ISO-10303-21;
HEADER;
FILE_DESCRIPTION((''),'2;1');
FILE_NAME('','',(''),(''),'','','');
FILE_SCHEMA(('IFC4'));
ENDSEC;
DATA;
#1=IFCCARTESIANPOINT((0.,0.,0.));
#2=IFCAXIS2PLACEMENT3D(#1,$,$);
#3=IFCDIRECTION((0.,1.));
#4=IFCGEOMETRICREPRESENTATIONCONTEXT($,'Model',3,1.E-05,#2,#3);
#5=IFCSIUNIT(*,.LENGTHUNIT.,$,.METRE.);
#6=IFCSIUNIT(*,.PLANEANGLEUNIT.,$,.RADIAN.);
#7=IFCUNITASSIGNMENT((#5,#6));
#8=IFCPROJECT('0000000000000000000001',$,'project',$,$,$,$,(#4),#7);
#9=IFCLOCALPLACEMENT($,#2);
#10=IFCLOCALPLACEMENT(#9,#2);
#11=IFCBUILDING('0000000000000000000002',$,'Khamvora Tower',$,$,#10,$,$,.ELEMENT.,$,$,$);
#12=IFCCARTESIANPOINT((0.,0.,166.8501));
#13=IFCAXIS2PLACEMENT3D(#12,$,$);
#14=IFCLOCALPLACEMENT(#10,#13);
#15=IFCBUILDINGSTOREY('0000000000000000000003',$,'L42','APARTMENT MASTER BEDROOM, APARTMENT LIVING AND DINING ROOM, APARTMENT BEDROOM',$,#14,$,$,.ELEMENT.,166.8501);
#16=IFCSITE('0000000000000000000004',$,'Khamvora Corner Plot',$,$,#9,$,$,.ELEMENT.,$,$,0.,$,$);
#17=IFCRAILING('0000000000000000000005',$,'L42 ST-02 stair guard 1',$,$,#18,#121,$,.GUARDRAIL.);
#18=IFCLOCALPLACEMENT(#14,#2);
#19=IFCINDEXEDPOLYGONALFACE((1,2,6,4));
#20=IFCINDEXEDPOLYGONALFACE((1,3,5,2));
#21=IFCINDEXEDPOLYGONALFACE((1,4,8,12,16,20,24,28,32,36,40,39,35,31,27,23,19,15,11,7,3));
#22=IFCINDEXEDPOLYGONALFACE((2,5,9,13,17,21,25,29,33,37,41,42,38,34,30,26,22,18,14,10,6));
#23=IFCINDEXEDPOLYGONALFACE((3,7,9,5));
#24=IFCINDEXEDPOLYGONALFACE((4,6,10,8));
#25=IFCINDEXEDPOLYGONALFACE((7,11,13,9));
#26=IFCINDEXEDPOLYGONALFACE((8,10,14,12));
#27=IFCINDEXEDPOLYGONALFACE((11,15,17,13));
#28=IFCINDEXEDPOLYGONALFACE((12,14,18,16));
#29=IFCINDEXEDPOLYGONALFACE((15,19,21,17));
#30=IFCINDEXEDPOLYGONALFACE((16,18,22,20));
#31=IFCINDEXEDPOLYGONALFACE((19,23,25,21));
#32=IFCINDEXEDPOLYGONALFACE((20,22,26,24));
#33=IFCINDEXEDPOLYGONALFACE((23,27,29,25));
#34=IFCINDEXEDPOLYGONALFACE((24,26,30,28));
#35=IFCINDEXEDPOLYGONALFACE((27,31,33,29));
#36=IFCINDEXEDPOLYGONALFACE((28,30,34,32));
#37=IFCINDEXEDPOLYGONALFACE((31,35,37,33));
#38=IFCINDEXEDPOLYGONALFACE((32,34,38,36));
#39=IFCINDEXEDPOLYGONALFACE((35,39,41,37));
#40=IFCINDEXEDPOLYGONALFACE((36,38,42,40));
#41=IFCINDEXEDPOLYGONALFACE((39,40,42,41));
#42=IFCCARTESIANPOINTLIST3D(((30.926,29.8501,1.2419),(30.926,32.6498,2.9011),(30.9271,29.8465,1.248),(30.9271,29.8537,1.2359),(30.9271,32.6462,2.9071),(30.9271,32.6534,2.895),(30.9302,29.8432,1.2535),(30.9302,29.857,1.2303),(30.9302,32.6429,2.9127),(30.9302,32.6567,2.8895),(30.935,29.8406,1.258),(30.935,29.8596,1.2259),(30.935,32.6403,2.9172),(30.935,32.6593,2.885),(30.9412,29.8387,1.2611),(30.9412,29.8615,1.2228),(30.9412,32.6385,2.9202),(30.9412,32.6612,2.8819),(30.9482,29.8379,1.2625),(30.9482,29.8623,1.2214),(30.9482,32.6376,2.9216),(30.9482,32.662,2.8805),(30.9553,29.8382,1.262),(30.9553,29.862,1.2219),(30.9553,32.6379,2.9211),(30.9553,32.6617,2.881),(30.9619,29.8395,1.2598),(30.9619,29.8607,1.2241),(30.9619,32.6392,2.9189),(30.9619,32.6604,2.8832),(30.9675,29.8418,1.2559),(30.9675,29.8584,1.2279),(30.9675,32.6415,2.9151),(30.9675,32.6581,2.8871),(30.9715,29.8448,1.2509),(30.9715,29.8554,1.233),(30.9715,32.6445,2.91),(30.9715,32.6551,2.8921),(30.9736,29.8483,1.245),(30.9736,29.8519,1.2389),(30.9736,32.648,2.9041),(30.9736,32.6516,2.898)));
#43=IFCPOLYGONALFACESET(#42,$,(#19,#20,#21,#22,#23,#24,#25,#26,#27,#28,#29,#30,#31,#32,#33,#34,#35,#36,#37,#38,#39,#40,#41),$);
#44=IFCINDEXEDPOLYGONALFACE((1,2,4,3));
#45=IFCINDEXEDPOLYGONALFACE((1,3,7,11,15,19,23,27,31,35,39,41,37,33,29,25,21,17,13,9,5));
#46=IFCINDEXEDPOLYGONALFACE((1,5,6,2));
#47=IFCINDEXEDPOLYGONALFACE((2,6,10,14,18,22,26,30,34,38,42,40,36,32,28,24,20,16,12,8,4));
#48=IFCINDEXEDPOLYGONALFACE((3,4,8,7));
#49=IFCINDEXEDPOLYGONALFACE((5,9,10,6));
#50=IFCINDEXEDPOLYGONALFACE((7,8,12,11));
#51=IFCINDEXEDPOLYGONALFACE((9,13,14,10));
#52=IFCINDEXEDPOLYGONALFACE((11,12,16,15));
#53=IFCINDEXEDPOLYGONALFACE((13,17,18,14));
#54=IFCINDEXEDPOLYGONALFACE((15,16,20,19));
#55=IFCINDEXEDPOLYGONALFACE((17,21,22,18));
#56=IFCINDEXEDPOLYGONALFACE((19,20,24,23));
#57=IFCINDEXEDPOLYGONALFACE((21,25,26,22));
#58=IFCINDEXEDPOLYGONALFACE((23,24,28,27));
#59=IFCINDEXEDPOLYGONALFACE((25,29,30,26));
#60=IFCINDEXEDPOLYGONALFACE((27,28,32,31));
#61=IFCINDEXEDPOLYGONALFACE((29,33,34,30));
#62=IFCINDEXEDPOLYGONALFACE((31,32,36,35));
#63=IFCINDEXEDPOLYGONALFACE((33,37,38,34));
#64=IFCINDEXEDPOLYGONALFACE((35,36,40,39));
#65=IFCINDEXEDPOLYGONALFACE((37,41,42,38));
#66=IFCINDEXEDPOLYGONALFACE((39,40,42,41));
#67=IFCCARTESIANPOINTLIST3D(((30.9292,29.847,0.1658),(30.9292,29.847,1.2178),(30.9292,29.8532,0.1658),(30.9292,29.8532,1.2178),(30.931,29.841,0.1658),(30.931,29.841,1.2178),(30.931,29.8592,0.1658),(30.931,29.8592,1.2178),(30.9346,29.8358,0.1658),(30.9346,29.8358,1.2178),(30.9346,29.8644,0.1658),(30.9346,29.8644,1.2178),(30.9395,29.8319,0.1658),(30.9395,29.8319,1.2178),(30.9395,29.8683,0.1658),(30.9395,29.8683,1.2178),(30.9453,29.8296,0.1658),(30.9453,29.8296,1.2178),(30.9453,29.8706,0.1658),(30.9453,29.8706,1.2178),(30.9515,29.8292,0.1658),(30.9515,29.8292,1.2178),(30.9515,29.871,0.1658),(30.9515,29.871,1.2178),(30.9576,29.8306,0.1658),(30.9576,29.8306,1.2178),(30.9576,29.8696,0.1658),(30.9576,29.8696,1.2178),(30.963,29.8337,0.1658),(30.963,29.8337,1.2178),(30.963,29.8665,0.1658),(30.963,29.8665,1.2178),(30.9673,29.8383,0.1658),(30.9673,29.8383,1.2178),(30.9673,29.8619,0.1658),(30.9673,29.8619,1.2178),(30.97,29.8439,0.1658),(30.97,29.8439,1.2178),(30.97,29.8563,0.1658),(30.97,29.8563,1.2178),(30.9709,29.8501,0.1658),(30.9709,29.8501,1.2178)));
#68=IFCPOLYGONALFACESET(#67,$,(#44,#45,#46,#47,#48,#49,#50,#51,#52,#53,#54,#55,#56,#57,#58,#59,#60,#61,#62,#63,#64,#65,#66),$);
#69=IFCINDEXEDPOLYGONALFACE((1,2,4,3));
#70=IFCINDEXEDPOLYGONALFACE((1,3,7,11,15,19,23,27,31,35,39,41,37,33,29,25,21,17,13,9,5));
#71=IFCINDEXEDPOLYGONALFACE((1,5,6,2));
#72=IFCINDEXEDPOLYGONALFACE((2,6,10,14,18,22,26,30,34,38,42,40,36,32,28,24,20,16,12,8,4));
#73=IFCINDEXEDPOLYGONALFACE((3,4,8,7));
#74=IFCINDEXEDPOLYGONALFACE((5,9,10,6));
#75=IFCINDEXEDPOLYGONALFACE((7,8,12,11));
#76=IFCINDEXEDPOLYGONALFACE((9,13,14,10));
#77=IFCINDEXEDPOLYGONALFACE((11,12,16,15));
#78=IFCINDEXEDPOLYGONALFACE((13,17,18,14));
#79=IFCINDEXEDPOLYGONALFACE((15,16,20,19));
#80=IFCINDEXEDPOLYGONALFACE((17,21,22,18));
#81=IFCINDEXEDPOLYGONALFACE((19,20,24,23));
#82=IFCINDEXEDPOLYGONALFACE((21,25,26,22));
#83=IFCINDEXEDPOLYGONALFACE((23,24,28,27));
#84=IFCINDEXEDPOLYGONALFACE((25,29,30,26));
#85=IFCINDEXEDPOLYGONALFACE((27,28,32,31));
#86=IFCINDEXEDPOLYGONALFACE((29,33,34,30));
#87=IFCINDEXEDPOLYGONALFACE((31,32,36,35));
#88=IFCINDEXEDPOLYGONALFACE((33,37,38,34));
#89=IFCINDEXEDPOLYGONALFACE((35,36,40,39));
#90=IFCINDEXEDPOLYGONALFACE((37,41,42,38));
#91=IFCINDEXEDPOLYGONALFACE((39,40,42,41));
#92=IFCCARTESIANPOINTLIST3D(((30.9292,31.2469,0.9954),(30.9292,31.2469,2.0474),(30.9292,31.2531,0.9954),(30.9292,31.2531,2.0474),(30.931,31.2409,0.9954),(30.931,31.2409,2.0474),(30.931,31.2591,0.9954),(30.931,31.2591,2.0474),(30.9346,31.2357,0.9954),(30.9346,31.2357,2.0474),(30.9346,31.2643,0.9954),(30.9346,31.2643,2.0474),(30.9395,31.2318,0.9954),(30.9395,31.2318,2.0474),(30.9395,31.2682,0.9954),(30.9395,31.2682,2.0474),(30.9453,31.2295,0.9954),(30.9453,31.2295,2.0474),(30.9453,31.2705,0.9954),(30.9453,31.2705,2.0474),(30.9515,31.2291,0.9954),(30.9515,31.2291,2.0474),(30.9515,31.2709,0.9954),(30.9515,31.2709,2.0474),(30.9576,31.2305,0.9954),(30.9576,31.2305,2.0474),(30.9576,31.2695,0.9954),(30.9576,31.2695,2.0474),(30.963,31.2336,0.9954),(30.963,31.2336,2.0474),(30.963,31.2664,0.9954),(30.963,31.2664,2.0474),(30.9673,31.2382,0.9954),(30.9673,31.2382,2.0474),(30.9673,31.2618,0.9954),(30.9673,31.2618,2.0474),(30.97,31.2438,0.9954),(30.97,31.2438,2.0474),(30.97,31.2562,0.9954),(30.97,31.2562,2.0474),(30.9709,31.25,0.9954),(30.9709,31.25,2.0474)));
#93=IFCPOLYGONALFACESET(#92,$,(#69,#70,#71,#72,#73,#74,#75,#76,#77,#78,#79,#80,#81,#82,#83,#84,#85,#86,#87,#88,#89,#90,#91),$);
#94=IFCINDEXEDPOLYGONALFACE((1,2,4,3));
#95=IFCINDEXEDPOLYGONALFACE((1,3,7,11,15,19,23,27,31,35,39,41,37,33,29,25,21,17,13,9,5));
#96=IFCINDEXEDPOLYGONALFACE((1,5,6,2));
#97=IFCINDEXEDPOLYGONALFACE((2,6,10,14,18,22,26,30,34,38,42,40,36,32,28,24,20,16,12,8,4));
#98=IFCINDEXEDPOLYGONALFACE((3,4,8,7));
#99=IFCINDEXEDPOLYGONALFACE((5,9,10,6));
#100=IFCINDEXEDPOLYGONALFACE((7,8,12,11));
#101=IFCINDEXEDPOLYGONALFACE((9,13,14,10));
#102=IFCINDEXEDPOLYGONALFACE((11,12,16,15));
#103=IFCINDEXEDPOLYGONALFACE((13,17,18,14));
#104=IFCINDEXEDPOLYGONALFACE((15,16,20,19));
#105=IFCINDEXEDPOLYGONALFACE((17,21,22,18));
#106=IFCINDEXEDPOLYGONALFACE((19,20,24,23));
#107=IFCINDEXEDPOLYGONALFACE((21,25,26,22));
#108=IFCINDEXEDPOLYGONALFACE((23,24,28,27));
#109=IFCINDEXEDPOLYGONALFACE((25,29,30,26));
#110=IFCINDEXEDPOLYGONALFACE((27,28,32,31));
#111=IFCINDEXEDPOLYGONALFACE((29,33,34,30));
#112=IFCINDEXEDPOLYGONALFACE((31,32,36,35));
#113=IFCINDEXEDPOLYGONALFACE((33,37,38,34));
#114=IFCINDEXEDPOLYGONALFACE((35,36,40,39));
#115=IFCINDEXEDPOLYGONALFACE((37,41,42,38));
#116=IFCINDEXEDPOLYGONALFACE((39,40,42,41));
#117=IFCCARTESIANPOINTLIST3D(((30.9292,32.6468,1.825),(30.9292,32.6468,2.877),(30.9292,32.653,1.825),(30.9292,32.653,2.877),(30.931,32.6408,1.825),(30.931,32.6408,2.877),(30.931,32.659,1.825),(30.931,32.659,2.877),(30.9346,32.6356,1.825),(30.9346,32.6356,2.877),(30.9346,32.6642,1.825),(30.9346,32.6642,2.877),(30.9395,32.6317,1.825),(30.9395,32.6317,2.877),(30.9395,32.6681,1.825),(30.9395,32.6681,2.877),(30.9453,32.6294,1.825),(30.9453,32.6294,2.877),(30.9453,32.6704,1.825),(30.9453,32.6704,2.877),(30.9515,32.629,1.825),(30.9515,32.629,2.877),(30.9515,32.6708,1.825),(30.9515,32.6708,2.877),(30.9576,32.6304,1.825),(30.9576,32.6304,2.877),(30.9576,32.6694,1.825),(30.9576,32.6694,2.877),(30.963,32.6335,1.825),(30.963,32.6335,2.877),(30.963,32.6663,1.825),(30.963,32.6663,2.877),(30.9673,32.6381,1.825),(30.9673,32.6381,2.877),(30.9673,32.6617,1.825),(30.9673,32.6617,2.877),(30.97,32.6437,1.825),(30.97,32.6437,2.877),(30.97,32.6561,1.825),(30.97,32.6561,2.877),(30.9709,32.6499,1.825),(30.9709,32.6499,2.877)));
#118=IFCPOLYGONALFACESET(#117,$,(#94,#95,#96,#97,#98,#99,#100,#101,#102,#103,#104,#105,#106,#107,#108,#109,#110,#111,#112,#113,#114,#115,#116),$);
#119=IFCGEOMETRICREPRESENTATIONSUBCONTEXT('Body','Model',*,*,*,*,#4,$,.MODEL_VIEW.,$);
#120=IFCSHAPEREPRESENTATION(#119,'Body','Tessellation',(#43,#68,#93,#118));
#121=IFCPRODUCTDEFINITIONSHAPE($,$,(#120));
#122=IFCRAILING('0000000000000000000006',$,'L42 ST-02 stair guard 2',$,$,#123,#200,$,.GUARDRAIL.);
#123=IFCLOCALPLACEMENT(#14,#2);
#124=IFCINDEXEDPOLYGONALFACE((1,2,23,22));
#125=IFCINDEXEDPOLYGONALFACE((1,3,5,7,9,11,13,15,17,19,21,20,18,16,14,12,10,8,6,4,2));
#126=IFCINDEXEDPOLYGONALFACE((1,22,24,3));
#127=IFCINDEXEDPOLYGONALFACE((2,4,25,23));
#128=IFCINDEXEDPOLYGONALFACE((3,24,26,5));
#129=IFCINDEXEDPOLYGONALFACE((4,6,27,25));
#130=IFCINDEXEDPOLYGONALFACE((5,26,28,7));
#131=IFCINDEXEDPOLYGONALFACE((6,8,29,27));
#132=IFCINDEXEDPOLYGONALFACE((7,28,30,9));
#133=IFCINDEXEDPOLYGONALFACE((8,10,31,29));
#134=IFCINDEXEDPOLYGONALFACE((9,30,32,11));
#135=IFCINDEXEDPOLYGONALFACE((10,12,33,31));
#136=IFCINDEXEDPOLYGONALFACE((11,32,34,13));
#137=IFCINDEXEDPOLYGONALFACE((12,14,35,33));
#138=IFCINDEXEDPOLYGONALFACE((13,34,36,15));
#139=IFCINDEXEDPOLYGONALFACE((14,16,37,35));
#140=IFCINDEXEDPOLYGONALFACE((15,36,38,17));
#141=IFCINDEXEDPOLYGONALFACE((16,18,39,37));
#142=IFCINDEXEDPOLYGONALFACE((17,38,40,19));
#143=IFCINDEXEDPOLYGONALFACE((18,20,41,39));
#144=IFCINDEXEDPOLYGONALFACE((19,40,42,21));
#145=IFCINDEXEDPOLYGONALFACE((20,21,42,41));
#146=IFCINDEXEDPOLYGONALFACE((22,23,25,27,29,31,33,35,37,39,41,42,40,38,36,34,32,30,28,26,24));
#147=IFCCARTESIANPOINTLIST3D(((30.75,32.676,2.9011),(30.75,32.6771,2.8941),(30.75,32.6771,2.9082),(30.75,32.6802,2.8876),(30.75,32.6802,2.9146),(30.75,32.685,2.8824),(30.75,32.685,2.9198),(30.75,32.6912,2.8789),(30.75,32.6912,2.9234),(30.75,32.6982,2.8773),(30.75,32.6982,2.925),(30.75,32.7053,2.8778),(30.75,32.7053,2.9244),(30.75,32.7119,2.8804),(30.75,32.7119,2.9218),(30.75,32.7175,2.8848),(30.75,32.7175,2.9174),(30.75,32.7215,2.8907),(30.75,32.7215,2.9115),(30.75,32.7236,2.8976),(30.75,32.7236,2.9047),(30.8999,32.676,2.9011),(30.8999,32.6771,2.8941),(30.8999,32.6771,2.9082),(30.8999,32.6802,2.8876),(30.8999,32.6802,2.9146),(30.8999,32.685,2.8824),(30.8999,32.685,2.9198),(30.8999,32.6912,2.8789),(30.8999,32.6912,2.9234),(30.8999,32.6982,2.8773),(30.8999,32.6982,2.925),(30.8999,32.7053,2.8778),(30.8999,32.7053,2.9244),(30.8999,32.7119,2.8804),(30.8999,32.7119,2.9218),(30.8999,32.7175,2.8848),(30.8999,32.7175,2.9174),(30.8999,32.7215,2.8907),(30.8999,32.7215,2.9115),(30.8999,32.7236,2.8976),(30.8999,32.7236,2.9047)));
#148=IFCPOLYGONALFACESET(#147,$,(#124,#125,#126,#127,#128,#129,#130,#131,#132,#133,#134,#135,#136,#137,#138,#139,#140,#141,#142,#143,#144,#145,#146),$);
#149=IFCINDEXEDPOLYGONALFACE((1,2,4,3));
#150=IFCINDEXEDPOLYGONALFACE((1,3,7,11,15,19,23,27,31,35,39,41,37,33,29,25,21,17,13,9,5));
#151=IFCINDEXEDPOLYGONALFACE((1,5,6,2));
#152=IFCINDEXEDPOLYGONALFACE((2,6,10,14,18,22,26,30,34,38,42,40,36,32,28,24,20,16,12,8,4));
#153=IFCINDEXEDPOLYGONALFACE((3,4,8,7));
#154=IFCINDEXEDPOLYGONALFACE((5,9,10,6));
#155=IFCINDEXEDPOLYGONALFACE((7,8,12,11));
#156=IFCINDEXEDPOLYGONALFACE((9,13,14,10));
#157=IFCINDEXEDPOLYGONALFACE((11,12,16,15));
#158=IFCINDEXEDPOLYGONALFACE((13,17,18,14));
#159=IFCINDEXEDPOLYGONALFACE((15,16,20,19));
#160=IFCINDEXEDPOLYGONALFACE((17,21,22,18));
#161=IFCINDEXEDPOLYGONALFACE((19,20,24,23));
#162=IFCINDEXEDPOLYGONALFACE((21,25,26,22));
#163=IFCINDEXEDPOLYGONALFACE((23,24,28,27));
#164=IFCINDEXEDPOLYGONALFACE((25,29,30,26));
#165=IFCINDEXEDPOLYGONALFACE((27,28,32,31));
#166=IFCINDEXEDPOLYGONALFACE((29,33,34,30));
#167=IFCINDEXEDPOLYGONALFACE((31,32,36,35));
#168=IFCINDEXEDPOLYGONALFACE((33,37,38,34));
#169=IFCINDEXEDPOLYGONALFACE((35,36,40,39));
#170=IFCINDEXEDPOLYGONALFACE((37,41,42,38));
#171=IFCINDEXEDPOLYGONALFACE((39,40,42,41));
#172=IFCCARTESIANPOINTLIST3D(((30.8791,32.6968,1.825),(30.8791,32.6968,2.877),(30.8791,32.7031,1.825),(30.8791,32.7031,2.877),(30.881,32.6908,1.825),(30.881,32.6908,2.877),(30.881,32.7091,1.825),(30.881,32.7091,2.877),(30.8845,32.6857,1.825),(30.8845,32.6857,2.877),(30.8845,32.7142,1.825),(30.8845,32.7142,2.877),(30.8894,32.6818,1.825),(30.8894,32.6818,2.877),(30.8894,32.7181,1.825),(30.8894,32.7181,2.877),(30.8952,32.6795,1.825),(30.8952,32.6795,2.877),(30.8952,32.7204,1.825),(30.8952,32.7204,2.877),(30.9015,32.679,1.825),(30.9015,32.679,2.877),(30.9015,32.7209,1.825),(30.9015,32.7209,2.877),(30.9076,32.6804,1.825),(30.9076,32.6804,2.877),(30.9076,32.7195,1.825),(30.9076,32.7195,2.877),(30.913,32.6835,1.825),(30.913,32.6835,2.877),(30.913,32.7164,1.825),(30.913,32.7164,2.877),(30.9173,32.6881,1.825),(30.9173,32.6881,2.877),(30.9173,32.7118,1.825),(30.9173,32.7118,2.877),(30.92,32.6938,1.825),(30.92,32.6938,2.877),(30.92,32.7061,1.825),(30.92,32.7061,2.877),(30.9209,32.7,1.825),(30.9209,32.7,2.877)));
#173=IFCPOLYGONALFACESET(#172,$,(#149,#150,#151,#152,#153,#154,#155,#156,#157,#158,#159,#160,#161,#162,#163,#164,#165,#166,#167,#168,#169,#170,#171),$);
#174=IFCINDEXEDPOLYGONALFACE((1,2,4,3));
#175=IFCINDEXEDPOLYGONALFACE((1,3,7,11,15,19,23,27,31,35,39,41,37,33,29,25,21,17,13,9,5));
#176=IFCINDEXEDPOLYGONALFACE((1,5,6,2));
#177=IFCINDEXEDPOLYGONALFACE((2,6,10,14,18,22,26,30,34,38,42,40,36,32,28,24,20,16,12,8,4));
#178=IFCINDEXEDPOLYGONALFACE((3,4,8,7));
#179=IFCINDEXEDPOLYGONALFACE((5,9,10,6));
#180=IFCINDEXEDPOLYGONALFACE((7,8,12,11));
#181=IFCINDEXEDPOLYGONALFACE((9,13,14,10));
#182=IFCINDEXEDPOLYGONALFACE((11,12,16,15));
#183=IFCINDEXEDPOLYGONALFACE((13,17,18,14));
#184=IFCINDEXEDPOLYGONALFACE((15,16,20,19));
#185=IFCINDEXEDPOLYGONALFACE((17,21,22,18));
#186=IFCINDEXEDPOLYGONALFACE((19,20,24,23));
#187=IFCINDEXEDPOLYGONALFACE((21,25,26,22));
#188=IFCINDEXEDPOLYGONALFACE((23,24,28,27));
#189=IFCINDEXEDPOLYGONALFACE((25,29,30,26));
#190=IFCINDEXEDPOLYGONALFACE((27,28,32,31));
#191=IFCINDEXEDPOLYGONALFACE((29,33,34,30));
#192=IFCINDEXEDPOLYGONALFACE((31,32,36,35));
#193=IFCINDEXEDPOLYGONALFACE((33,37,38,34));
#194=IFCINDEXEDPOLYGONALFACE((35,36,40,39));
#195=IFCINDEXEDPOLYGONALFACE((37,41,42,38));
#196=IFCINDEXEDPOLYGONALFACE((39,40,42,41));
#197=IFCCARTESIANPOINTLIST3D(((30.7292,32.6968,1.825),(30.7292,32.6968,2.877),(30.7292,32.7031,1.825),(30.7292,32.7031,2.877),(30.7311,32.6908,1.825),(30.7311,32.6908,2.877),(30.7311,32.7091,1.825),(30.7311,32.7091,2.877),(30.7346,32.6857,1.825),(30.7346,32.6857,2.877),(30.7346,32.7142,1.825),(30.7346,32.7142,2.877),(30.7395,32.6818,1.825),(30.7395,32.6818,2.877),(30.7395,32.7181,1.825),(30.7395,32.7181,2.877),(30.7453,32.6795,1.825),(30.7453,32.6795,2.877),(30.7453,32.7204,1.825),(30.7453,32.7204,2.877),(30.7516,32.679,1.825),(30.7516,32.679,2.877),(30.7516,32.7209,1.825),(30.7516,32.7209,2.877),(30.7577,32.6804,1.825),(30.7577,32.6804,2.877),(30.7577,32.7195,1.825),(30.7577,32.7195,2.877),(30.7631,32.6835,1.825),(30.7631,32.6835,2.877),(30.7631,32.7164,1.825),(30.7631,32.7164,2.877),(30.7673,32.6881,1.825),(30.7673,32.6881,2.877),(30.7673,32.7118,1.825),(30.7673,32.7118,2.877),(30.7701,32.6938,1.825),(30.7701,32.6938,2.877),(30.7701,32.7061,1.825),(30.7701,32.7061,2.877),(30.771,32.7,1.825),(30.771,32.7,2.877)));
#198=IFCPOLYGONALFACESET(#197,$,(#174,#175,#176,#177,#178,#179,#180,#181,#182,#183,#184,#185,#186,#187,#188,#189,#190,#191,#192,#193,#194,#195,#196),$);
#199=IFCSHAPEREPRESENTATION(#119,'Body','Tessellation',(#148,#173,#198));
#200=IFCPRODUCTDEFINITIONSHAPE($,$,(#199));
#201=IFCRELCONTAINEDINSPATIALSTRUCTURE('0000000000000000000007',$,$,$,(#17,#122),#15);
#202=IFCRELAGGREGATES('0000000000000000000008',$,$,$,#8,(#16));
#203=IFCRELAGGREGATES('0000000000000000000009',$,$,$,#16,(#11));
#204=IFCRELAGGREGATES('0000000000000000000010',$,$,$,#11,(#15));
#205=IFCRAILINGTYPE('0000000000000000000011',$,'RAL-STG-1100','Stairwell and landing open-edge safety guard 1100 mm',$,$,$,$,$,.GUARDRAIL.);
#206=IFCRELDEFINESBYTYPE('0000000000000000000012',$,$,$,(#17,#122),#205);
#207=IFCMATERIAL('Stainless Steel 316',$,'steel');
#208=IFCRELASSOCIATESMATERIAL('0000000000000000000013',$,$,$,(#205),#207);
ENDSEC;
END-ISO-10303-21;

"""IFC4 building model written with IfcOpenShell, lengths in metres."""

from ifc_helpers import new_model, si_unit, direction, frame, origin, origin_2d, place, context, subcontext, project, spatial, circle, extrude, material, type_object, element, save


model = new_model("IFC4")

# Units and contexts
model_context = context("Model", 3, precision=1e-05, world=origin(), true_north=direction((0.0, 1.0)))
body_context = subcontext(model_context, "Body", "Model", "MODEL_VIEW")
ifc_project = project(units=[si_unit("LENGTHUNIT", "METRE"), si_unit("PLANEANGLEUNIT", "RADIAN")], contexts=[model_context])

# Site, building, storey
site_placement = place(None, origin())
site = spatial("IfcSite", under=ifc_project, at=site_placement, Name="Khamvora Corner Plot", CompositionType="ELEMENT", RefElevation=0.0)
building_placement = place(site_placement, origin())
building = spatial("IfcBuilding", under=site, at=building_placement, Name="Khamvora Tower", CompositionType="ELEMENT")
storey_placement = place(building_placement, frame((0.0, 0.0, 166.8501)))
storey = spatial("IfcBuildingStorey", under=building, at=storey_placement, Name="L42", Description="APARTMENT MASTER BEDROOM, APARTMENT LIVING AND DINING ROOM, APARTMENT BEDROOM", CompositionType="ELEMENT", Elevation=166.8501)

# Railings
ifc_material_1 = material(Name="Stainless Steel 316", Category="steel")
railing_type_1 = type_object("IfcRailingType", Name="RAL-STG-1100", Description="Stairwell and landing open-edge safety guard 1100 mm", PredefinedType="GUARDRAIL", material=ifc_material_1)
railing_1_placement = place(storey_placement, frame((30.95, 29.8501, 0.1658)))
element("IfcRailing", 1, at=railing_1_placement, inside=storey, type_object=railing_type_1, Name="L42 ST-02 stair guard 1", PredefinedType="GUARDRAIL", context=body_context, shape_type="SweptSolid", body=[
    extrude(circle(Radius=0.0239, at=origin_2d()), frame((0.0, 0.0, 1.0762), z_axis=(0.0, 0.860287, 0.509811), x_axis=(-1.0, 0.0, 0.0)), (0.0, 0.0, 1.0), 3.2544),
    extrude(circle(Radius=0.021, at=origin_2d()), origin(), (0.0, 0.0, 1.0), 1.052),
    extrude(circle(Radius=0.021, at=origin_2d()), frame((0.0, 1.3999, 0.8296)), (0.0, 0.0, 1.0), 1.052),
    extrude(circle(Radius=0.021, at=origin_2d()), frame((0.0, 2.7998, 1.6592)), (0.0, 0.0, 1.0), 1.052),
])
railing_2_placement = place(storey_placement, frame((30.8999, 32.7, 1.825)))
element("IfcRailing", 2, at=railing_2_placement, inside=storey, type_object=railing_type_1, Name="L42 ST-02 stair guard 2", PredefinedType="GUARDRAIL", context=body_context, shape_type="SweptSolid", body=[
    extrude(circle(Radius=0.0239, at=origin_2d()), frame((0.0, 0.0, 1.0762), z_axis=(-1.0, 0.0, 0.0), x_axis=(0.0, -1.0, 0.0)), (0.0, 0.0, 1.0), 0.1499),
    extrude(circle(Radius=0.021, at=origin_2d()), origin(), (0.0, 0.0, 1.0), 1.052),
    extrude(circle(Radius=0.021, at=origin_2d()), frame((-0.1499, 0.0, 0.0)), (0.0, 0.0, 1.0), 1.052),
])

save(model, "model.ifc")
